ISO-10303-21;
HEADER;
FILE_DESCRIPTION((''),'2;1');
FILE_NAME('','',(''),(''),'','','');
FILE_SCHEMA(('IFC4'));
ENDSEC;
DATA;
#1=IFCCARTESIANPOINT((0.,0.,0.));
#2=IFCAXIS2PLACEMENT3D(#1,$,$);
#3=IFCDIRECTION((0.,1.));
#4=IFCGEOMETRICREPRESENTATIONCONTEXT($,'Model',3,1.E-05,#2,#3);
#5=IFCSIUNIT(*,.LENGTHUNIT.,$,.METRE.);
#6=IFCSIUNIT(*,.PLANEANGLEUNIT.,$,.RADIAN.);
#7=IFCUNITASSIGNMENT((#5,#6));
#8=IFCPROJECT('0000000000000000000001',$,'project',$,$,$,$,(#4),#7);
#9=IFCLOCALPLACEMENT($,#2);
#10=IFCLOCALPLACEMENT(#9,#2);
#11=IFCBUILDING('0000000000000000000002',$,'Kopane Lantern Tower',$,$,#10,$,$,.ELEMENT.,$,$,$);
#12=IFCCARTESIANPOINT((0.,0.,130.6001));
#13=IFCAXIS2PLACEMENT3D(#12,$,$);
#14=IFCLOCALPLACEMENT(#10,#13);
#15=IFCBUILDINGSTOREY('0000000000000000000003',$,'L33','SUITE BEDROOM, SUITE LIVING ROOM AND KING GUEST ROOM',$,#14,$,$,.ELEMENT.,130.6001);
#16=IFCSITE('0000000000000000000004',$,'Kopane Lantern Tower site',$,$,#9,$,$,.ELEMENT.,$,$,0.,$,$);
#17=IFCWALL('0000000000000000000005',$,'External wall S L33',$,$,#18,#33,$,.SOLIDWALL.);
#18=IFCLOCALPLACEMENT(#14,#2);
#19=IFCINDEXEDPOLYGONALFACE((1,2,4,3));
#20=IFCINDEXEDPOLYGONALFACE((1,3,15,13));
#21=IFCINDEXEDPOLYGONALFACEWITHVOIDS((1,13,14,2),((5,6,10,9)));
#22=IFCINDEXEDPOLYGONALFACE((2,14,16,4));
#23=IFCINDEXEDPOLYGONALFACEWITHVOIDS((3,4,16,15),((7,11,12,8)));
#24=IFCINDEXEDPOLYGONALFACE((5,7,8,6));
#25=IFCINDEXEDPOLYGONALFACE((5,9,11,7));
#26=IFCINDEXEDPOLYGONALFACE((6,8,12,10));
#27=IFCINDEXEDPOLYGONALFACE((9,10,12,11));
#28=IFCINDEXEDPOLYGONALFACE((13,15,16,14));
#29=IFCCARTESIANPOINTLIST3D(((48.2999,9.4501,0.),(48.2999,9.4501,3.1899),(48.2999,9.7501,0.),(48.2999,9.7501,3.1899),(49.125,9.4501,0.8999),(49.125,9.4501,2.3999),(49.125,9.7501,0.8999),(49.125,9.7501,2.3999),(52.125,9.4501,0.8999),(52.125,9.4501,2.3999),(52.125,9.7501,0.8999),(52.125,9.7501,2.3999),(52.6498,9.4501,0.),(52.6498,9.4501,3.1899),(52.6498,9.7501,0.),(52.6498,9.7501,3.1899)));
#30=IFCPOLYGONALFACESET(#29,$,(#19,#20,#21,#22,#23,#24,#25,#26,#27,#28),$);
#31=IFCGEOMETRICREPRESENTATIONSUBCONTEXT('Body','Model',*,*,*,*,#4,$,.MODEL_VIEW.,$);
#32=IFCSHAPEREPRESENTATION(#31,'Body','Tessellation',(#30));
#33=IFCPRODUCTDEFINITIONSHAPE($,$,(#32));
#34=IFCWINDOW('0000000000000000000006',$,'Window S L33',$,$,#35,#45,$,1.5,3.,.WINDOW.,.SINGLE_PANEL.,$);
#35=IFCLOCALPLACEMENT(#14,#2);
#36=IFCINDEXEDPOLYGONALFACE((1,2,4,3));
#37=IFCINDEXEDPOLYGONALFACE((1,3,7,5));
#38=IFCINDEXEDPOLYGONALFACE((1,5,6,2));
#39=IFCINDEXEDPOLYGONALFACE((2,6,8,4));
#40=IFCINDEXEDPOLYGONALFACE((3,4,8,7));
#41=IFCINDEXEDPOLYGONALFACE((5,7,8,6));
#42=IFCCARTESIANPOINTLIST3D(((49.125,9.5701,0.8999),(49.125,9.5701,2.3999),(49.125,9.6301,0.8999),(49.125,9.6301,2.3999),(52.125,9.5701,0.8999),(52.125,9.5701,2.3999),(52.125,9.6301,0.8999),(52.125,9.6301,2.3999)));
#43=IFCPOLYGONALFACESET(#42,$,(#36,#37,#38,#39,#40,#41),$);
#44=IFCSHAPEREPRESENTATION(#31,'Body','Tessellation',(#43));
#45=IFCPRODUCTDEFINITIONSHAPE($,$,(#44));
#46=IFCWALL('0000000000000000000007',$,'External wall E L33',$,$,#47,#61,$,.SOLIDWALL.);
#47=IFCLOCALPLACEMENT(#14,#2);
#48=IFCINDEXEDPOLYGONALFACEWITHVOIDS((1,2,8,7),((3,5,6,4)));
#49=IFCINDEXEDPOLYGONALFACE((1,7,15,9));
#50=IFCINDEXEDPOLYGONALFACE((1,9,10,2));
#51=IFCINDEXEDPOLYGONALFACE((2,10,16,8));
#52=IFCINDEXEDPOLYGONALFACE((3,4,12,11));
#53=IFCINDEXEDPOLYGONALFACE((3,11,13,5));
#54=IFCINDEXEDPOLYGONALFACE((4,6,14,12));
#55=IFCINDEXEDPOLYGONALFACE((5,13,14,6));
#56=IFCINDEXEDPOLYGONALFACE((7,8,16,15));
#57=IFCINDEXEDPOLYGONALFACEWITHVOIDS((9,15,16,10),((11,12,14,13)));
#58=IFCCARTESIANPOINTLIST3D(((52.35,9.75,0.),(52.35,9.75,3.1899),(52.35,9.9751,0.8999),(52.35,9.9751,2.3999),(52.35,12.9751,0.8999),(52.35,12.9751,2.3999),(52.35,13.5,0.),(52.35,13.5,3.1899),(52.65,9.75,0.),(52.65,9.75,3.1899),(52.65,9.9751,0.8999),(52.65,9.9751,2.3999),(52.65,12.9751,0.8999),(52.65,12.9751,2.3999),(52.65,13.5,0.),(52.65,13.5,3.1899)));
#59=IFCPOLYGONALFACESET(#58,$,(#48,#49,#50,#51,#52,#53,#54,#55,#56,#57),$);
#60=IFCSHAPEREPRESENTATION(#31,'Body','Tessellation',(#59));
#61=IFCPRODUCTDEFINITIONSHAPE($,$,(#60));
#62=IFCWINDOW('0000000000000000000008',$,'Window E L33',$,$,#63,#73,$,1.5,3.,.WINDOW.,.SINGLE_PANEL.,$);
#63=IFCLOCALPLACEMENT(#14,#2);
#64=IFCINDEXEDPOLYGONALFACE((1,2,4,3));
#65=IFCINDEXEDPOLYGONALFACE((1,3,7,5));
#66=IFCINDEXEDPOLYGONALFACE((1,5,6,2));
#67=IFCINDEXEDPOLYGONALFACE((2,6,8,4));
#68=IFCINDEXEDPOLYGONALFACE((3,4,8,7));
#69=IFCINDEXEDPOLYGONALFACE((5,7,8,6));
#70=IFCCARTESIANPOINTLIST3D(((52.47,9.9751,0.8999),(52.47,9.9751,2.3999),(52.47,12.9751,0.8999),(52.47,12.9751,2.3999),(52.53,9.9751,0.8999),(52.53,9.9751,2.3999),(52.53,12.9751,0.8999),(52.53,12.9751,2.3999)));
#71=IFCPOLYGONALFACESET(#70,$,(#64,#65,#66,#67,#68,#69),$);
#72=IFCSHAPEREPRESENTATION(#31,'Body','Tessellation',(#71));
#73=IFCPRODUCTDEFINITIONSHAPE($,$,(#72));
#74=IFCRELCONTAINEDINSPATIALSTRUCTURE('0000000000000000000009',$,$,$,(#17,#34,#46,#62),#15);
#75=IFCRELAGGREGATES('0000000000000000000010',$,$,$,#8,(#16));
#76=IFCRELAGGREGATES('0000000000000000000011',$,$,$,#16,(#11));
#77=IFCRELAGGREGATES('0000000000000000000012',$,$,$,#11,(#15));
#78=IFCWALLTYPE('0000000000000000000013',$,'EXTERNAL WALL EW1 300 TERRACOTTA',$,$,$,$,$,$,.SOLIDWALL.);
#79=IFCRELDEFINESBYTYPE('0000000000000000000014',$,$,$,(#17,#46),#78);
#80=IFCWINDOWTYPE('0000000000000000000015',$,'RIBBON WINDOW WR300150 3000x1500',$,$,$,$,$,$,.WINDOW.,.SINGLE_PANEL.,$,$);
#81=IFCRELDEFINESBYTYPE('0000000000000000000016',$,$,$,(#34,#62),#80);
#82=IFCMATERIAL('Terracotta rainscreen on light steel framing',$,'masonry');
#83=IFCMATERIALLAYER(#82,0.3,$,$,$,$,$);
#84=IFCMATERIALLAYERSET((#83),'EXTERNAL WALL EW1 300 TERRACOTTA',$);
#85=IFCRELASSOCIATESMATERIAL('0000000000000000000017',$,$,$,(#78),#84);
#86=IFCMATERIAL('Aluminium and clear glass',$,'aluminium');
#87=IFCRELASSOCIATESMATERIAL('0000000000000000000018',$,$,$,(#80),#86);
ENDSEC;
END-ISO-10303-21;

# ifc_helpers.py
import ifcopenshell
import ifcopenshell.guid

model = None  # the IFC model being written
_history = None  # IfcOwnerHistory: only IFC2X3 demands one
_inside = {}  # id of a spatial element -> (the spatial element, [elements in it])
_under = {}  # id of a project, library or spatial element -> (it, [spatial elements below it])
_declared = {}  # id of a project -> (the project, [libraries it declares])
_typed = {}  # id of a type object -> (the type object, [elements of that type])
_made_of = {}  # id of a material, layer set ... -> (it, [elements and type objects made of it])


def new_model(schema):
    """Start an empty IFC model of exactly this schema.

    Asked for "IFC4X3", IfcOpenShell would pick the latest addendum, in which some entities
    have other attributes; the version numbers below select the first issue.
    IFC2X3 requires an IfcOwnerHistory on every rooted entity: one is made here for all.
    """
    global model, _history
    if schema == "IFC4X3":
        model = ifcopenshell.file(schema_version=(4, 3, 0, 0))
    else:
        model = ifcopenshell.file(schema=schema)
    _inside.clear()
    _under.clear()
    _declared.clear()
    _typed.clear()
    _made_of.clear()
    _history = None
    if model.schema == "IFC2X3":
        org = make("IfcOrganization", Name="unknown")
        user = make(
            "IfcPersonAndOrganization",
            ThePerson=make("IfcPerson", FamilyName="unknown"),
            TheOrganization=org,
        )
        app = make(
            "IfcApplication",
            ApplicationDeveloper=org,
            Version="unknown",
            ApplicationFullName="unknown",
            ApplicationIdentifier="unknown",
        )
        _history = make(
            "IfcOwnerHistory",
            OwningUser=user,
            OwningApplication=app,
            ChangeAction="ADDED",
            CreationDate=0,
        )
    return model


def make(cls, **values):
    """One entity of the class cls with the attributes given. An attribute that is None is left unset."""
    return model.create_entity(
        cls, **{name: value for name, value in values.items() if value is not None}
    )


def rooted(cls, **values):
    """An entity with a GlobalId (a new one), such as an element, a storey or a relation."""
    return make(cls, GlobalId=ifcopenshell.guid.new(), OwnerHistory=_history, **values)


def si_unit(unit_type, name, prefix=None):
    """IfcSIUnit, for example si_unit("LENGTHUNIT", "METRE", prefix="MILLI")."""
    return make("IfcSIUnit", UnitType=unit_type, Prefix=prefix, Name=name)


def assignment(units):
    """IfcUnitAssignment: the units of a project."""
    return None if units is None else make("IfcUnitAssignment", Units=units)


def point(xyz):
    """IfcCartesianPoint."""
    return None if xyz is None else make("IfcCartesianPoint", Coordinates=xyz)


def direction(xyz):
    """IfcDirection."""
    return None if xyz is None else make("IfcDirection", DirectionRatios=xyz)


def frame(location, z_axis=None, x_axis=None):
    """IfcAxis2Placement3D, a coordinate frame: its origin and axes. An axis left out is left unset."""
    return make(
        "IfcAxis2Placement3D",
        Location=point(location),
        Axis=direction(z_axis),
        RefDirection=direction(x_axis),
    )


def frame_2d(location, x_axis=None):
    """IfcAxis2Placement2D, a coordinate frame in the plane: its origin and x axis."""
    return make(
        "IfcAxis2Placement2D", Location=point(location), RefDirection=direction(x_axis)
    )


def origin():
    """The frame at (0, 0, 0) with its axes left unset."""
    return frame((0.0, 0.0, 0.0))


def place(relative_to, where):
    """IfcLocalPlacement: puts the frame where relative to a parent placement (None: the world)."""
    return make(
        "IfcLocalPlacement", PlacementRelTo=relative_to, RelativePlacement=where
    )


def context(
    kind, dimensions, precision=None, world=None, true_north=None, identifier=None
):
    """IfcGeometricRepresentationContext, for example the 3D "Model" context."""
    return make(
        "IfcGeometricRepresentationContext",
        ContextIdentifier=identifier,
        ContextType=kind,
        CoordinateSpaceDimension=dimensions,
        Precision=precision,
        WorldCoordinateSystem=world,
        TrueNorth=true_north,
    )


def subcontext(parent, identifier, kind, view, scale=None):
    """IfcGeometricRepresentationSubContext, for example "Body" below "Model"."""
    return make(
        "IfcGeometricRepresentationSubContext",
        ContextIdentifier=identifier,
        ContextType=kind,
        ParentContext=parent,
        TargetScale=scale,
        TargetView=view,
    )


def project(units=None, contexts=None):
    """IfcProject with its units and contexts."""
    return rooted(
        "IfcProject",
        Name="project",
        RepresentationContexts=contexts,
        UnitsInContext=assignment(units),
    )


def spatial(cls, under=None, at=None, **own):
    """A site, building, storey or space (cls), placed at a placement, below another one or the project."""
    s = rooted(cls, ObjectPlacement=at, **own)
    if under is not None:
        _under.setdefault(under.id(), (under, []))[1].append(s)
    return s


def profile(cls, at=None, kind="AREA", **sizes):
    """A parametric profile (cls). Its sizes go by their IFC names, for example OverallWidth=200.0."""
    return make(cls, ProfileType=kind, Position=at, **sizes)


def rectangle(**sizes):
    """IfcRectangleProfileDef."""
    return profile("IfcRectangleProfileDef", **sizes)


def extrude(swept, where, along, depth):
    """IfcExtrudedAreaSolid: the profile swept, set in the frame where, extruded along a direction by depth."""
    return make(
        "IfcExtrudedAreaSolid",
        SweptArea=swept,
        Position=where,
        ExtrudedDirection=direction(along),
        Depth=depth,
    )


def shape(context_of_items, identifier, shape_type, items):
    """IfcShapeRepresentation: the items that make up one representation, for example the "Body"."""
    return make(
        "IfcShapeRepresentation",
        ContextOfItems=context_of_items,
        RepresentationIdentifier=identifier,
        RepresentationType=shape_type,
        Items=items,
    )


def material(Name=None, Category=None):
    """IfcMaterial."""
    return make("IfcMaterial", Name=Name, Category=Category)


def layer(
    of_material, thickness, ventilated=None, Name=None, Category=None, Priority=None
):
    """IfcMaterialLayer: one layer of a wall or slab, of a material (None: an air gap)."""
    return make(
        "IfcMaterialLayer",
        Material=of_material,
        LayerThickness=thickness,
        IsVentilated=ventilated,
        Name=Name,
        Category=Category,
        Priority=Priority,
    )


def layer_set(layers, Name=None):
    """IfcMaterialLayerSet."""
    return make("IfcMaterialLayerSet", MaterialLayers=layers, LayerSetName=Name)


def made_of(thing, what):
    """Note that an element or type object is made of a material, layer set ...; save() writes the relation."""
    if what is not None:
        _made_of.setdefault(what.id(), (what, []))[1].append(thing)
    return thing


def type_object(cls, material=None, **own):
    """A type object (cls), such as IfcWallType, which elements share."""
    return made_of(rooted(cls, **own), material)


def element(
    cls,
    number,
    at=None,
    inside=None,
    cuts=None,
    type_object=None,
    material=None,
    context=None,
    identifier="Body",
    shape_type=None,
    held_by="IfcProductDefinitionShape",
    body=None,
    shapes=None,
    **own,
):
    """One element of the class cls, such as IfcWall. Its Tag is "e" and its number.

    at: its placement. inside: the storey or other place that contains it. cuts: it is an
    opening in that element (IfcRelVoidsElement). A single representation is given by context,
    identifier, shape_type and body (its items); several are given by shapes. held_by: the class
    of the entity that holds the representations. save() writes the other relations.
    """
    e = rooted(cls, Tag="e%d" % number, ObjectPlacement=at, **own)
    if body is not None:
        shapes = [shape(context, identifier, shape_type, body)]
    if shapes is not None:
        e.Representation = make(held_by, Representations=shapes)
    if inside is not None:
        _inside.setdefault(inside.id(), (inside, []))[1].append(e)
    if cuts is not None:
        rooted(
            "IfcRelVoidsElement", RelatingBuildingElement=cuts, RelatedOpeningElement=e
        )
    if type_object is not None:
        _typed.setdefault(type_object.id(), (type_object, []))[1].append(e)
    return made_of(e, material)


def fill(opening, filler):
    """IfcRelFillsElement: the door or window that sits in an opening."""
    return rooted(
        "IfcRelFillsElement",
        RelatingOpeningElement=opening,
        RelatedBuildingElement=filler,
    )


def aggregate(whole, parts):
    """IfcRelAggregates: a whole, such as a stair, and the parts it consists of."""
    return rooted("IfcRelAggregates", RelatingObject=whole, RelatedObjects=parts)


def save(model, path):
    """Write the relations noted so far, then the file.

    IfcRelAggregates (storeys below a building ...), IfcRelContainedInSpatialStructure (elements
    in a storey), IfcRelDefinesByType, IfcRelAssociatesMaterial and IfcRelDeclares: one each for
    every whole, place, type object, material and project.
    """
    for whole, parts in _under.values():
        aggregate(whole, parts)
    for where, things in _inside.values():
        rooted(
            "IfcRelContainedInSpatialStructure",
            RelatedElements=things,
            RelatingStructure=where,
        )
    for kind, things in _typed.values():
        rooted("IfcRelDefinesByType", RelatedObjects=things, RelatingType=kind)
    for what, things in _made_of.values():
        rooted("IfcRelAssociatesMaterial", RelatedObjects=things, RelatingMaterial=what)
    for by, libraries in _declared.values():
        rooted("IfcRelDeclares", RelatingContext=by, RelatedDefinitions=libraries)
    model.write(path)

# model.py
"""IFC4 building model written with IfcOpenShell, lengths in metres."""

from ifc_helpers import new_model, si_unit, direction, frame, frame_2d, origin, place, context, subcontext, project, spatial, rectangle, extrude, material, layer, layer_set, type_object, element, fill, save


model = new_model("IFC4")

# Units and contexts
model_context = context("Model", 3, precision=1e-05, world=origin(), true_north=direction((0.0, 1.0)))
body_context = subcontext(model_context, "Body", "Model", "MODEL_VIEW")
ifc_project = project(units=[si_unit("LENGTHUNIT", "METRE"), si_unit("PLANEANGLEUNIT", "RADIAN")], contexts=[model_context])

# Site, building, storey
site_placement = place(None, origin())
site = spatial("IfcSite", under=ifc_project, at=site_placement, Name="Kopane Lantern Tower site", CompositionType="ELEMENT", RefElevation=0.0)
building_placement = place(site_placement, origin())
building = spatial("IfcBuilding", under=site, at=building_placement, Name="Kopane Lantern Tower", CompositionType="ELEMENT")
storey_placement = place(building_placement, frame((0.0, 0.0, 130.6001)))
storey = spatial("IfcBuildingStorey", under=building, at=storey_placement, Name="L33", Description="SUITE BEDROOM, SUITE LIVING ROOM AND KING GUEST ROOM", CompositionType="ELEMENT", Elevation=130.6001)

# Walls, openings, windows
ifc_material_1 = material(Name="Terracotta rainscreen on light steel framing", Category="masonry")
ifc_layer = layer(ifc_material_1, 0.3)
ifc_layer_set = layer_set([ifc_layer], Name="EXTERNAL WALL EW1 300 TERRACOTTA")
wall_type = type_object("IfcWallType", Name="EXTERNAL WALL EW1 300 TERRACOTTA", PredefinedType="SOLIDWALL", material=ifc_layer_set)
ifc_material_2 = material(Name="Aluminium and clear glass", Category="aluminium")
window_type = type_object("IfcWindowType", Name="RIBBON WINDOW WR300150 3000x1500", PartitioningType="SINGLE_PANEL", PredefinedType="WINDOW", material=ifc_material_2)
wall_1_placement = place(storey_placement, frame((48.3, 9.6001, 0.0), z_axis=(0.0, 0.0, 1.0), x_axis=(1.0, 0.0, 0.0)))
wall_1 = element("IfcWall", 1, at=wall_1_placement, inside=storey, type_object=wall_type, Name="External wall S L33", PredefinedType="SOLIDWALL", context=body_context, shape_type="SweptSolid", body=[
    extrude(rectangle(XDim=4.3499, YDim=0.3, at=frame_2d((2.1748, 0.0))), origin(), (0.0, 0.0, 1.0), 3.1899),
])
opening_1_placement = place(wall_1_placement, frame((0.825, 0.0, 0.8999)))
opening_1 = element("IfcOpeningElement", 2, at=opening_1_placement, cuts=wall_1, PredefinedType="OPENING", context=body_context, shape_type="SweptSolid", body=[
    extrude(rectangle(XDim=3.0, YDim=1.5, at=frame_2d((1.5, 0.75))), frame((0.0, 0.1599, 0.0), z_axis=(0.0, -1.0, 0.0), x_axis=(1.0, 0.0, 0.0)), (0.0, 0.0, 1.0), 0.3201),
])
window_1_placement = place(opening_1_placement, origin())
window_1 = element("IfcWindow", 3, at=window_1_placement, inside=storey, type_object=window_type, Name="Window S L33", OverallHeight=1.5, OverallWidth=3.0, PartitioningType="SINGLE_PANEL", PredefinedType="WINDOW", context=body_context, shape_type="SweptSolid", body=[
    extrude(rectangle(XDim=3.0, YDim=1.5, at=frame_2d((1.5, 0.75))), frame((0.0, 0.03, 0.0), z_axis=(0.0, -1.0, 0.0), x_axis=(1.0, 0.0, 0.0)), (0.0, 0.0, 1.0), 0.0601),
])
fill(opening_1, window_1)
wall_2_placement = place(storey_placement, frame((52.5, 9.75, 0.0), z_axis=(0.0, 0.0, 1.0), x_axis=(0.0, 1.0, 0.0)))
wall_2 = element("IfcWall", 4, at=wall_2_placement, inside=storey, type_object=wall_type, Name="External wall E L33", PredefinedType="SOLIDWALL", context=body_context, shape_type="SweptSolid", body=[
    extrude(rectangle(XDim=3.75, YDim=0.3, at=frame_2d((1.875, 0.0))), origin(), (0.0, 0.0, 1.0), 3.1899),
])
opening_2_placement = place(wall_2_placement, frame((0.2251, 0.0, 0.8999)))
opening_2 = element("IfcOpeningElement", 5, at=opening_2_placement, cuts=wall_2, PredefinedType="OPENING", context=body_context, shape_type="SweptSolid", body=[
    extrude(rectangle(XDim=3.0, YDim=1.5, at=frame_2d((1.5, 0.75))), frame((0.0, 0.1599, 0.0), z_axis=(0.0, -1.0, 0.0), x_axis=(1.0, 0.0, 0.0)), (0.0, 0.0, 1.0), 0.3201),
])
window_2_placement = place(opening_2_placement, origin())
window_2 = element("IfcWindow", 6, at=window_2_placement, inside=storey, type_object=window_type, Name="Window E L33", OverallHeight=1.5, OverallWidth=3.0, PartitioningType="SINGLE_PANEL", PredefinedType="WINDOW", context=body_context, shape_type="SweptSolid", body=[
    extrude(rectangle(XDim=3.0, YDim=1.5, at=frame_2d((1.5, 0.75))), frame((0.0, 0.03, 0.0), z_axis=(0.0, -1.0, 0.0), x_axis=(1.0, 0.0, 0.0)), (0.0, 0.0, 1.0), 0.0601),
])
fill(opening_2, window_2)

save(model, "model.ifc")
